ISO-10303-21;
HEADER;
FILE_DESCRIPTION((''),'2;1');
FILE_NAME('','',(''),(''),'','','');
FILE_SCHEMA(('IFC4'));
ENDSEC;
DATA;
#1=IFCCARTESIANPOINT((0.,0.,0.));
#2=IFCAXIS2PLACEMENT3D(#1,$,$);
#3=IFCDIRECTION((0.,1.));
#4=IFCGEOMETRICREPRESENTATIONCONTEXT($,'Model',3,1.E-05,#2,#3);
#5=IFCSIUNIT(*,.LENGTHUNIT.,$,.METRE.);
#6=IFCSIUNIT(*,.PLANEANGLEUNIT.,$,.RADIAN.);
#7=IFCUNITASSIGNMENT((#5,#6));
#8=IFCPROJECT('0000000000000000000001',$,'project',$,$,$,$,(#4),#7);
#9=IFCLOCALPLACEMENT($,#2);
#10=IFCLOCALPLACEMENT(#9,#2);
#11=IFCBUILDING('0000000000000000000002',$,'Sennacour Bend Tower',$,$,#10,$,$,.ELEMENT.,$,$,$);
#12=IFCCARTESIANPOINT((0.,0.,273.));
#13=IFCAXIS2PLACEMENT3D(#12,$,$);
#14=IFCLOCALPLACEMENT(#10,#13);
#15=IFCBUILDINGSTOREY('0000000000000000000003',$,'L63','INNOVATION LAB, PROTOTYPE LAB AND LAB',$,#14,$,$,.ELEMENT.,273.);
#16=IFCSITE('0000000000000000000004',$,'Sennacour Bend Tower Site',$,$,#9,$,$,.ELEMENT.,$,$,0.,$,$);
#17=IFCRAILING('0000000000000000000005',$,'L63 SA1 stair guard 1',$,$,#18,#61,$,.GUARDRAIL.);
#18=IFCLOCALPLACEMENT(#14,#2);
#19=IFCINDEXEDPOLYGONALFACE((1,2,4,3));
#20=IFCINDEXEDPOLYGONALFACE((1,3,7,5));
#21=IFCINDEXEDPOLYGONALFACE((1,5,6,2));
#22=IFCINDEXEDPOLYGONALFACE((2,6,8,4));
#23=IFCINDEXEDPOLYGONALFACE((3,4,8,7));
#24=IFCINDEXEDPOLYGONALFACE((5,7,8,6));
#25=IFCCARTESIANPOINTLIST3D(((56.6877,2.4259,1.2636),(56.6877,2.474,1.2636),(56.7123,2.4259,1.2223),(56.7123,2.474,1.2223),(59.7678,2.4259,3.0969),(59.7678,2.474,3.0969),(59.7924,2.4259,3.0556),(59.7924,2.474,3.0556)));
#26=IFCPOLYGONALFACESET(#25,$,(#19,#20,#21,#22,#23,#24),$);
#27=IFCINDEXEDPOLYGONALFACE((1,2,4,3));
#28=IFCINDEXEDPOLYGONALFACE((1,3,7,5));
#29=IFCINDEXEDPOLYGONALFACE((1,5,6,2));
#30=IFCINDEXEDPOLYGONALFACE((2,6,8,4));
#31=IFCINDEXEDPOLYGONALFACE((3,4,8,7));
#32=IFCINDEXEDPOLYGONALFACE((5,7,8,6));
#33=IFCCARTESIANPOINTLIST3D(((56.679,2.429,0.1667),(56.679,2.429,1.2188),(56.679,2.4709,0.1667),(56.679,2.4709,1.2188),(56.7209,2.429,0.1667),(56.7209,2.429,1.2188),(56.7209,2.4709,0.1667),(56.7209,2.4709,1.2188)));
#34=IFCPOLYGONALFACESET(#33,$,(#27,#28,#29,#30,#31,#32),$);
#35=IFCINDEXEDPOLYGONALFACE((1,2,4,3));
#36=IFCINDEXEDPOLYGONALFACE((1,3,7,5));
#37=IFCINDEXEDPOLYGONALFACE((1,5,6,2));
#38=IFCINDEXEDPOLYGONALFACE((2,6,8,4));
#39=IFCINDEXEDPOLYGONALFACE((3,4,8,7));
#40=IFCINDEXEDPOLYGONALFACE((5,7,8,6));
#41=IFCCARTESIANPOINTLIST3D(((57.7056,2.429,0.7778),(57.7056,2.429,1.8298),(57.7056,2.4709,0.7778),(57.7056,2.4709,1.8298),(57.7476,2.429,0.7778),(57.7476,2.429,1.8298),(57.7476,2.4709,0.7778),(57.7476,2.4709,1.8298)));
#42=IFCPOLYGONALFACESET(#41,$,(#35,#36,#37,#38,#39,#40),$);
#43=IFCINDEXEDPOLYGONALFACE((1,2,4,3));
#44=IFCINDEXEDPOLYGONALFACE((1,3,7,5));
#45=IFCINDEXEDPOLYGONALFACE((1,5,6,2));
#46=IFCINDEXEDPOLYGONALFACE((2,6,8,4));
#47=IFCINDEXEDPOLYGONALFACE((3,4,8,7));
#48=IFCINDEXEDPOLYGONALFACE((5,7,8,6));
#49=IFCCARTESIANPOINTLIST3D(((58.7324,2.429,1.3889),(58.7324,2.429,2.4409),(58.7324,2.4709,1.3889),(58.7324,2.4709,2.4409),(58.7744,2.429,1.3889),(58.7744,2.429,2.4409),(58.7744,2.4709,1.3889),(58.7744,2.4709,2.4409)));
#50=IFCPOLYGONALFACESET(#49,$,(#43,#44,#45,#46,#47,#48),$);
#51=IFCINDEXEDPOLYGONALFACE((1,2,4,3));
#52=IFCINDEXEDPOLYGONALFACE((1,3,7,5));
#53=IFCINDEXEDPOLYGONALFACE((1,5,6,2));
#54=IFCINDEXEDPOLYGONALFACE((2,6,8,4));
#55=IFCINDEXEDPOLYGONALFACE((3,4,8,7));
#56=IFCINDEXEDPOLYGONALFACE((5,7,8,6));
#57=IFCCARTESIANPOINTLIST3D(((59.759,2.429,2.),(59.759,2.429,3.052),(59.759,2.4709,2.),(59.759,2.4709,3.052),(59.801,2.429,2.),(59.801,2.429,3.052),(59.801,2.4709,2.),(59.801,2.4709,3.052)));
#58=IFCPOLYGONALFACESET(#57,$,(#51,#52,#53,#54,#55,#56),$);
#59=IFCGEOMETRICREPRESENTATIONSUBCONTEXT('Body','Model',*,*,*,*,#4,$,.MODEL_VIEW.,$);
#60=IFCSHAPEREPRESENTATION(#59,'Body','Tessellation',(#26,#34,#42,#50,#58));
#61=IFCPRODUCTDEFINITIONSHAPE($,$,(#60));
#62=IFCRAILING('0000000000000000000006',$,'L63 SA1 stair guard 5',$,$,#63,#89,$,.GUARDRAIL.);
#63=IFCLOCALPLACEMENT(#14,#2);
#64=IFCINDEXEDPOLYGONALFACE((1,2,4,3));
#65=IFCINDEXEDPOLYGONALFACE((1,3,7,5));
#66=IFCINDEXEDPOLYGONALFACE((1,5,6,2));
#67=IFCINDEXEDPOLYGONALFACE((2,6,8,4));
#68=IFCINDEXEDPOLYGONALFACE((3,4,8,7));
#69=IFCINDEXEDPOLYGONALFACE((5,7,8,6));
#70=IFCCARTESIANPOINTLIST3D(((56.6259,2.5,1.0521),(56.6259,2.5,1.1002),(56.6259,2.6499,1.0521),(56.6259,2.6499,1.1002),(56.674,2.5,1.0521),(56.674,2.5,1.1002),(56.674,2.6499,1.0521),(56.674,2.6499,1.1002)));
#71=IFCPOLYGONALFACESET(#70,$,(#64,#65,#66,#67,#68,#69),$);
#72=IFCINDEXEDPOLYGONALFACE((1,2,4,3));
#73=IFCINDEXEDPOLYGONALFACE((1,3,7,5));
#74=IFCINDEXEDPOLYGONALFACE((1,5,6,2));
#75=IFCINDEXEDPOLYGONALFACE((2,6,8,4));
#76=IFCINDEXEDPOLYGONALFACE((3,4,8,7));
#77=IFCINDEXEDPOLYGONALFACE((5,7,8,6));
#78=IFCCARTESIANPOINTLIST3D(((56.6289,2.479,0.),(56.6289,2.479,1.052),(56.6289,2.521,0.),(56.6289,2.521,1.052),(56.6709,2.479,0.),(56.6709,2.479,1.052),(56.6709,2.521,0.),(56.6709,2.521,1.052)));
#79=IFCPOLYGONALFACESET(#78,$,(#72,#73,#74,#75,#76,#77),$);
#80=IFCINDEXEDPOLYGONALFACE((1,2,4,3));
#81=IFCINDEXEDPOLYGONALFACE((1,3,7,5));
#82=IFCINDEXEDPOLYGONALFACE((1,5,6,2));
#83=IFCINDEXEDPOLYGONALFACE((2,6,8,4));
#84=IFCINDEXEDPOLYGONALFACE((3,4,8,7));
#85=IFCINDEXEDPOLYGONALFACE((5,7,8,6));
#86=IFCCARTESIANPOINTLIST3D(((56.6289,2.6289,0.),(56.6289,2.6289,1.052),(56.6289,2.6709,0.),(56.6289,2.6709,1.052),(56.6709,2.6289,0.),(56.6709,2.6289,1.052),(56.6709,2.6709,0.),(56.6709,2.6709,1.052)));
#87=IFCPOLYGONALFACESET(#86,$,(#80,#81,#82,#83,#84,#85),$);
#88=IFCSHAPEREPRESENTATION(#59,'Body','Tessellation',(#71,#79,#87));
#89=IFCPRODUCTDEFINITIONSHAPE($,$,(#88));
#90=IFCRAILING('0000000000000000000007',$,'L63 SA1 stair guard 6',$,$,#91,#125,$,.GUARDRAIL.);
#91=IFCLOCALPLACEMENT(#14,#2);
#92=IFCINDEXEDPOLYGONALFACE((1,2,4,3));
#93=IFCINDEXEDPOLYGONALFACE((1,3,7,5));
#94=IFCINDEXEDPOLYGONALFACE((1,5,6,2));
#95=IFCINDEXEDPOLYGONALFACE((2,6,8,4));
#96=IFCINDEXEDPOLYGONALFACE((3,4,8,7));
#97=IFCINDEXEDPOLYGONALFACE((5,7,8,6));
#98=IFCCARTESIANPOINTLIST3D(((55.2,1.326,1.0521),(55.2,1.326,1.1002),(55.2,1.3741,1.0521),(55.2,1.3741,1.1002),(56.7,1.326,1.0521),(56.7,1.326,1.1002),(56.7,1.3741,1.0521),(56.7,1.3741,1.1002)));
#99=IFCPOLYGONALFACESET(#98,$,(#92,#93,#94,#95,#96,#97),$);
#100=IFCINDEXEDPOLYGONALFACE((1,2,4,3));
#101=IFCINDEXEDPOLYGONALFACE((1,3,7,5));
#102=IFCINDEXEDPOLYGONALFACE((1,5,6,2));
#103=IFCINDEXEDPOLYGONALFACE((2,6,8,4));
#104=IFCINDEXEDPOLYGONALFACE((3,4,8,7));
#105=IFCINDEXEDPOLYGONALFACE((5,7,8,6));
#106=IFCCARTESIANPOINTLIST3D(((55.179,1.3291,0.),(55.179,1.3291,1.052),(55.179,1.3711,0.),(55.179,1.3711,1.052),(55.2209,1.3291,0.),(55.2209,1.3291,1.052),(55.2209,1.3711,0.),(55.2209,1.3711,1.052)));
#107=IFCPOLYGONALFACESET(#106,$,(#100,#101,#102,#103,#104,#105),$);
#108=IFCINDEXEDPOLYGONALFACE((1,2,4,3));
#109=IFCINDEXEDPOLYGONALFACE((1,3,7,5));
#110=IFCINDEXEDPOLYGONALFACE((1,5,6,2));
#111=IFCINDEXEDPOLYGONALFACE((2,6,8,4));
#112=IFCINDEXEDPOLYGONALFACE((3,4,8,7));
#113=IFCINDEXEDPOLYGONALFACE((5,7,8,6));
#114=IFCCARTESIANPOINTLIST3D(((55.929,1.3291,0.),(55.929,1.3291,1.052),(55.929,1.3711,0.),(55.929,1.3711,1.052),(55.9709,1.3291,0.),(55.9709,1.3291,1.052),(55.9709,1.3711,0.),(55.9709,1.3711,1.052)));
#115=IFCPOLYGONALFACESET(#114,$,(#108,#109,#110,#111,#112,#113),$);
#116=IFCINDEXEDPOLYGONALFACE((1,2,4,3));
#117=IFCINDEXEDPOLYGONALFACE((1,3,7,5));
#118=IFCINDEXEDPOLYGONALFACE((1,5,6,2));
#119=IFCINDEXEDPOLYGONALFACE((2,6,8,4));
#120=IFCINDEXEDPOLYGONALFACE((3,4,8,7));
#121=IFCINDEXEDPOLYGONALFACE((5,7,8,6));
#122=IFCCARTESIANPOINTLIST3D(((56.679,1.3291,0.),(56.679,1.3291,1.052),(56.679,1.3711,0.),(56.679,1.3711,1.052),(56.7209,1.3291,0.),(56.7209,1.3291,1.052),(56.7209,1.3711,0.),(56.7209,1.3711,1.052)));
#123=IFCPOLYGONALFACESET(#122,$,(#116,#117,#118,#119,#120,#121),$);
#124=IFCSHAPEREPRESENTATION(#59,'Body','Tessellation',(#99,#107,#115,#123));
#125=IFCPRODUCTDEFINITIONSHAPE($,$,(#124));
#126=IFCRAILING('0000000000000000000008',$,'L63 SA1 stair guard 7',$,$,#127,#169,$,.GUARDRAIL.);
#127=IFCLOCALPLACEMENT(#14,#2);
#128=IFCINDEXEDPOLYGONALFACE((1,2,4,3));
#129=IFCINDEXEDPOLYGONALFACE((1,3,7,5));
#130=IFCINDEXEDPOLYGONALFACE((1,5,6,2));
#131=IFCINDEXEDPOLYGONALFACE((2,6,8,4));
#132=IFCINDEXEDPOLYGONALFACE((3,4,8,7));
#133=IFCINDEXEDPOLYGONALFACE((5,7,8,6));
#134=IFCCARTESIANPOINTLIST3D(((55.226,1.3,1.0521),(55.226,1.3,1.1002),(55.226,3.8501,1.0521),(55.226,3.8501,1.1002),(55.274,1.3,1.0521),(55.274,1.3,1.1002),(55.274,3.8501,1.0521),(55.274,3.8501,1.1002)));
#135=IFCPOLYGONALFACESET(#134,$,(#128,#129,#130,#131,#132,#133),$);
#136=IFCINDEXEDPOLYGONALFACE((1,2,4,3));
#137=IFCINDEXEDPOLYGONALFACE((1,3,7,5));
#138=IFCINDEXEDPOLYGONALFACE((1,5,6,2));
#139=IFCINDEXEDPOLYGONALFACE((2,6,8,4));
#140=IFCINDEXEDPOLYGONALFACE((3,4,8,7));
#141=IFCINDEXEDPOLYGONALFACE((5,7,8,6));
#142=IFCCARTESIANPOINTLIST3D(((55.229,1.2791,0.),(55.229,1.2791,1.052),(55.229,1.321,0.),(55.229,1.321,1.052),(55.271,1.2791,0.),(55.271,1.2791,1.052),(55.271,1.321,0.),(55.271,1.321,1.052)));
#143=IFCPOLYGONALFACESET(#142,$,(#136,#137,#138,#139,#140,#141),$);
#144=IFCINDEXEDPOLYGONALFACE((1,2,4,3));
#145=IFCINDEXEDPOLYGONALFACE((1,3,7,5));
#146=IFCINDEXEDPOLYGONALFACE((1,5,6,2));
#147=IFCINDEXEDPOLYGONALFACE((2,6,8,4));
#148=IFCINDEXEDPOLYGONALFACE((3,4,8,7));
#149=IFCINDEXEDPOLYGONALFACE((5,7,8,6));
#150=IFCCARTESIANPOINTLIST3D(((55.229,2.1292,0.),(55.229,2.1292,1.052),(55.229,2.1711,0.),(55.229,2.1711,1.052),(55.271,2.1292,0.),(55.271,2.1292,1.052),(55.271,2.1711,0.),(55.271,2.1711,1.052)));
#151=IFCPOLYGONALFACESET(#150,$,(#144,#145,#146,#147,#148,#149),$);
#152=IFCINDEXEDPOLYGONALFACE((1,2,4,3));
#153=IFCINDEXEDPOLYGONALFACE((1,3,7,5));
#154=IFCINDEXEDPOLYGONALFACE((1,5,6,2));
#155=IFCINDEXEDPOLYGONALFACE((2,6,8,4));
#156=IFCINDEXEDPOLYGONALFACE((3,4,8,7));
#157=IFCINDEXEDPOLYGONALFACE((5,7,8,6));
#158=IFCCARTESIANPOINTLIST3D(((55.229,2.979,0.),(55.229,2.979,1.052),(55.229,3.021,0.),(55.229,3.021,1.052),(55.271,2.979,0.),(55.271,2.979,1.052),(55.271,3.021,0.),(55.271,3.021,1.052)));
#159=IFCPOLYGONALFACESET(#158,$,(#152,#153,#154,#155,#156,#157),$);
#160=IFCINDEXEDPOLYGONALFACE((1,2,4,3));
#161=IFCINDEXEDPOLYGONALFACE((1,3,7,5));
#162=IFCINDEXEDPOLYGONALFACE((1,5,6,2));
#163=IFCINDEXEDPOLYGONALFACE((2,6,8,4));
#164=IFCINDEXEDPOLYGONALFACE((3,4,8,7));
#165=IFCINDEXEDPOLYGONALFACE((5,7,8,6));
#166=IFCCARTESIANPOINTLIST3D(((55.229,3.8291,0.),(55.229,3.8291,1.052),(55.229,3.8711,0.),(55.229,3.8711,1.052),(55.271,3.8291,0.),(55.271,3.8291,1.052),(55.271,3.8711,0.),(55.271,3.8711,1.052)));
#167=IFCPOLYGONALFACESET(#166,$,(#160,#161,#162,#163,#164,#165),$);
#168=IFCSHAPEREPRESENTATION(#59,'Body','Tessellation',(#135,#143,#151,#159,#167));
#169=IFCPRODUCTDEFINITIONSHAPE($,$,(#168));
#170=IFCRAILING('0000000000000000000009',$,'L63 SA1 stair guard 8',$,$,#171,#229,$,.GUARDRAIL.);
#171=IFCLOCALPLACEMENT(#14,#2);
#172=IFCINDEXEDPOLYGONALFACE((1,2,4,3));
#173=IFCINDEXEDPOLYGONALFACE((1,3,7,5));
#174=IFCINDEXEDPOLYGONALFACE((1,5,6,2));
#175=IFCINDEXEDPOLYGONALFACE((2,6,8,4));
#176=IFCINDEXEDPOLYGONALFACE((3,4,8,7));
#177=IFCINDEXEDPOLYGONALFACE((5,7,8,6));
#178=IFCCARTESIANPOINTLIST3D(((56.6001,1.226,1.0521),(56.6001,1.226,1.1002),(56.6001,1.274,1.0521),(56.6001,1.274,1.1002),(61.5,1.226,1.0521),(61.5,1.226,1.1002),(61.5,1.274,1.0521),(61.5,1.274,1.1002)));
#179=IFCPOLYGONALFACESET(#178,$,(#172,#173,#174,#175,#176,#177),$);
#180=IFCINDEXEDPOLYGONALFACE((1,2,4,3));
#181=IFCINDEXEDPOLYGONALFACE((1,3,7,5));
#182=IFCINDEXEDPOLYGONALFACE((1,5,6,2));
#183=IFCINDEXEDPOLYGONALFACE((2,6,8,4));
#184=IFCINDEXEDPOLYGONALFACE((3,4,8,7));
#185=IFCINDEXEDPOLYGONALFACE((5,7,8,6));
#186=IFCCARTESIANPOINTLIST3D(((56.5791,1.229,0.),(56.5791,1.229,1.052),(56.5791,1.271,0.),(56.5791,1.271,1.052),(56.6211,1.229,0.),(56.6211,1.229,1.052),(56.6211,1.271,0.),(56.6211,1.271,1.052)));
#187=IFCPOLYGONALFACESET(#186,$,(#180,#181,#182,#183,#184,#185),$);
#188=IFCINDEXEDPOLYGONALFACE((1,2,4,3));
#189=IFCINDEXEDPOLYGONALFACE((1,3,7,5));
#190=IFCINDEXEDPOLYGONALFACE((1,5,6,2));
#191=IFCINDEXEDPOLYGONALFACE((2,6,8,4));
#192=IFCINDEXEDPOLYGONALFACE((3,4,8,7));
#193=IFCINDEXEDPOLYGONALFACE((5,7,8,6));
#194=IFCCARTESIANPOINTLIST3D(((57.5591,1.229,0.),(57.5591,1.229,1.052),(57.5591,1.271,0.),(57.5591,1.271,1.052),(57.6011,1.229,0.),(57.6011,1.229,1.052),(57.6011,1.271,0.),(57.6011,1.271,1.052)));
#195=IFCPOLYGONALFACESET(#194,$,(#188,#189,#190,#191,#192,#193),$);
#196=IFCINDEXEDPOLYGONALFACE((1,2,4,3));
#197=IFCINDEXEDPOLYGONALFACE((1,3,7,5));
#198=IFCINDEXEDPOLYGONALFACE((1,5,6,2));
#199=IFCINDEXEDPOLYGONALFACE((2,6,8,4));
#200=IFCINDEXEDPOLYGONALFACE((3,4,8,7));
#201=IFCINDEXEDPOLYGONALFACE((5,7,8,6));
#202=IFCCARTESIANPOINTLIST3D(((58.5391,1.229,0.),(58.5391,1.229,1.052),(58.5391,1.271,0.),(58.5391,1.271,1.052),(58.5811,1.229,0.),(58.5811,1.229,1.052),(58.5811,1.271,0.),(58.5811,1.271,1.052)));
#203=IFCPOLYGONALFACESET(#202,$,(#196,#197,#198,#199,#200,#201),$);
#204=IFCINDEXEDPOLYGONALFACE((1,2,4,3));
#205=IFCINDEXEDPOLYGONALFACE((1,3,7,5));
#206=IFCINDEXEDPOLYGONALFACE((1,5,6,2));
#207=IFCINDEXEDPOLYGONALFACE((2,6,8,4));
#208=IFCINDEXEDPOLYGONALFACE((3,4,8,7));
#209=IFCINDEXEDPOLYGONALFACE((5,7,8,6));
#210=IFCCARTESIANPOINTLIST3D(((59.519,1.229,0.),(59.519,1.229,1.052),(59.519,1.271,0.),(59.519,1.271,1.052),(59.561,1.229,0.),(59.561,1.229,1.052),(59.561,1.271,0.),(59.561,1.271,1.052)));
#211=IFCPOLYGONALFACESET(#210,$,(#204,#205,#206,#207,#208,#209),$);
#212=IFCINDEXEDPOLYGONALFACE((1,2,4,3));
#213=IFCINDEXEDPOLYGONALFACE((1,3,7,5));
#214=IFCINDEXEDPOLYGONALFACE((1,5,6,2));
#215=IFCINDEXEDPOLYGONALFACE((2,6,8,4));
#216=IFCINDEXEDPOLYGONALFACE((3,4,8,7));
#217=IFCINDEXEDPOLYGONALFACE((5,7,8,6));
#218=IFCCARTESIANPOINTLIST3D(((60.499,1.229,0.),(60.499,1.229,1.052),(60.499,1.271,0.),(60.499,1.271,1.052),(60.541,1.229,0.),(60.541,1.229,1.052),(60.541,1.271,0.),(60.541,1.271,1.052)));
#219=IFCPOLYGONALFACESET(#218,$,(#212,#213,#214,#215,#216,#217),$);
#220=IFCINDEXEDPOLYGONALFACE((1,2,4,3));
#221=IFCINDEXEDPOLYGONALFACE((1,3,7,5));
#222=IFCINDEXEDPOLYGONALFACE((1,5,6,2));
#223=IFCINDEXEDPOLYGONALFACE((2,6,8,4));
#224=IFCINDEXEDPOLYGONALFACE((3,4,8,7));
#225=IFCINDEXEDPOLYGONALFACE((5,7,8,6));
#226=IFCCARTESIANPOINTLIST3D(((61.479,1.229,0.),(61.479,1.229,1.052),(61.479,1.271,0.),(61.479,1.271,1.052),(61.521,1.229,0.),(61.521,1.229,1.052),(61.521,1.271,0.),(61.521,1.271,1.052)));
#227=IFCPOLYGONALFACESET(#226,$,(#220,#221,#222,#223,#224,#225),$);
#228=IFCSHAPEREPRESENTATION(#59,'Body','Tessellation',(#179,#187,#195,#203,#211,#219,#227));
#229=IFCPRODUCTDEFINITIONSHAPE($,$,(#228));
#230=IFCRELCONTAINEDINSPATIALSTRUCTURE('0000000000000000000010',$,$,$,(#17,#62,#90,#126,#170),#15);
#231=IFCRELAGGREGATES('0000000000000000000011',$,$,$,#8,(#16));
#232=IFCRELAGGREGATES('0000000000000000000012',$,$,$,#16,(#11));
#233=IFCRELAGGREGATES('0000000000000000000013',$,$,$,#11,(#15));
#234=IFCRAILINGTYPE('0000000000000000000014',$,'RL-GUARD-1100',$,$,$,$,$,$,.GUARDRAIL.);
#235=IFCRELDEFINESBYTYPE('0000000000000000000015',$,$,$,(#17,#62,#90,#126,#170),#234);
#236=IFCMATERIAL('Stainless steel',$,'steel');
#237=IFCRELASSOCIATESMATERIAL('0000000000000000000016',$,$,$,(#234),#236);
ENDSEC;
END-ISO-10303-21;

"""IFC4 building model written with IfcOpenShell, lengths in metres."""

from ifc_helpers import new_model, si_unit, direction, frame, origin, origin_2d, place, context, subcontext, project, spatial, rectangle, extrude, material, type_object, element, save


model = new_model("IFC4")

# Units and contexts
model_context = context("Model", 3, precision=1e-05, world=origin(), true_north=direction((0.0, 1.0)))
body_context = subcontext(model_context, "Body", "Model", "MODEL_VIEW")
ifc_project = project(units=[si_unit("LENGTHUNIT", "METRE"), si_unit("PLANEANGLEUNIT", "RADIAN")], contexts=[model_context])

# Site, building, storey
site_placement = place(None, origin())
site = spatial("IfcSite", under=ifc_project, at=site_placement, Name="Sennacour Bend Tower Site", CompositionType="ELEMENT", RefElevation=0.0)
building_placement = place(site_placement, origin())
building = spatial("IfcBuilding", under=site, at=building_placement, Name="Sennacour Bend Tower", CompositionType="ELEMENT")
storey_placement = place(building_placement, frame((0.0, 0.0, 273.0)))
storey = spatial("IfcBuildingStorey", under=building, at=storey_placement, Name="L63", Description="INNOVATION LAB, PROTOTYPE LAB AND LAB", CompositionType="ELEMENT", Elevation=273.0)

# Shared definitions
ifc_material_1 = material(Name="Stainless steel", Category="steel")

# Railings
railing_type_1 = type_object("IfcRailingType", Name="RL-GUARD-1100", PredefinedType="GUARDRAIL", material=ifc_material_1)
railing_1_placement = place(storey_placement, frame((56.7, 2.45, 0.1667)))
element("IfcRailing", 1, at=railing_1_placement, inside=storey, type_object=railing_type_1, Name="L63 SA1 stair guard 1", PredefinedType="GUARDRAIL", context=body_context, shape_type="SweptSolid", body=[
    extrude(rectangle(XDim=0.0481, YDim=0.0481, at=origin_2d()), frame((0.0, 0.0, 1.0762), z_axis=(0.859309, 0.0, 0.511458), x_axis=(0.0, 1.0, 0.0)), (0.0, 0.0, 1.0), 3.5845),
    extrude(rectangle(XDim=0.042, YDim=0.042, at=origin_2d()), origin(), (0.0, 0.0, 1.0), 1.052),
    extrude(rectangle(XDim=0.042, YDim=0.042, at=origin_2d()), frame((1.0266, 0.0, 0.6111)), (0.0, 0.0, 1.0), 1.052),
    extrude(rectangle(XDim=0.042, YDim=0.042, at=origin_2d()), frame((2.0535, 0.0, 1.2222)), (0.0, 0.0, 1.0), 1.052),
    extrude(rectangle(XDim=0.042, YDim=0.042, at=origin_2d()), frame((3.0801, 0.0, 1.8333)), (0.0, 0.0, 1.0), 1.052),
])
railing_2_placement = place(storey_placement, frame((56.6499, 2.5, 0.0)))
element("IfcRailing", 2, at=railing_2_placement, inside=storey, type_object=railing_type_1, Name="L63 SA1 stair guard 5", PredefinedType="GUARDRAIL", context=body_context, shape_type="SweptSolid", body=[
    extrude(rectangle(XDim=0.0481, YDim=0.0481, at=origin_2d()), frame((0.0, 0.0, 1.0762), z_axis=(0.0, 1.0, 0.0), x_axis=(-1.0, 0.0, 0.0)), (0.0, 0.0, 1.0), 0.1499),
    extrude(rectangle(XDim=0.042, YDim=0.042, at=origin_2d()), origin(), (0.0, 0.0, 1.0), 1.052),
    extrude(rectangle(XDim=0.042, YDim=0.042, at=origin_2d()), frame((0.0, 0.1499, 0.0)), (0.0, 0.0, 1.0), 1.052),
])
railing_3_placement = place(storey_placement, frame((55.2, 1.3501, 0.0)))
element("IfcRailing", 3, at=railing_3_placement, inside=storey, type_object=railing_type_1, Name="L63 SA1 stair guard 6", PredefinedType="GUARDRAIL", context=body_context, shape_type="SweptSolid", body=[
    extrude(rectangle(XDim=0.0481, YDim=0.0481, at=origin_2d()), frame((0.0, 0.0, 1.0762), z_axis=(1.0, 0.0, 0.0), x_axis=(0.0, 1.0, 0.0)), (0.0, 0.0, 1.0), 1.5),
    extrude(rectangle(XDim=0.042, YDim=0.042, at=origin_2d()), origin(), (0.0, 0.0, 1.0), 1.052),
    extrude(rectangle(XDim=0.042, YDim=0.042, at=origin_2d()), frame((0.75, 0.0, 0.0)), (0.0, 0.0, 1.0), 1.052),
    extrude(rectangle(XDim=0.042, YDim=0.042, at=origin_2d()), frame((1.5, 0.0, 0.0)), (0.0, 0.0, 1.0), 1.052),
])
railing_4_placement = place(storey_placement, frame((55.25, 1.3, 0.0)))
element("IfcRailing", 4, at=railing_4_placement, inside=storey, type_object=railing_type_1, Name="L63 SA1 stair guard 7", PredefinedType="GUARDRAIL", context=body_context, shape_type="SweptSolid", body=[
    extrude(rectangle(XDim=0.0481, YDim=0.0481, at=origin_2d()), frame((0.0, 0.0, 1.0762), z_axis=(0.0, 1.0, 0.0), x_axis=(-1.0, 0.0, 0.0)), (0.0, 0.0, 1.0), 2.55),
    extrude(rectangle(XDim=0.042, YDim=0.042, at=origin_2d()), origin(), (0.0, 0.0, 1.0), 1.052),
    extrude(rectangle(XDim=0.042, YDim=0.042, at=origin_2d()), frame((0.0, 0.8501, 0.0)), (0.0, 0.0, 1.0), 1.052),
    extrude(rectangle(XDim=0.042, YDim=0.042, at=origin_2d()), frame((0.0, 1.7, 0.0)), (0.0, 0.0, 1.0), 1.052),
    extrude(rectangle(XDim=0.042, YDim=0.042, at=origin_2d()), frame((0.0, 2.55, 0.0)), (0.0, 0.0, 1.0), 1.052),
])
railing_5_placement = place(storey_placement, frame((56.6001, 1.25, 0.0)))
element("IfcRailing", 5, at=railing_5_placement, inside=storey, type_object=railing_type_1, Name="L63 SA1 stair guard 8", PredefinedType="GUARDRAIL", context=body_context, shape_type="SweptSolid", body=[
    extrude(rectangle(XDim=0.0481, YDim=0.0481, at=origin_2d()), frame((0.0, 0.0, 1.0762), z_axis=(1.0, 0.0, 0.0), x_axis=(0.0, 1.0, 0.0)), (0.0, 0.0, 1.0), 4.8999),
    extrude(rectangle(XDim=0.042, YDim=0.042, at=origin_2d()), origin(), (0.0, 0.0, 1.0), 1.052),
    extrude(rectangle(XDim=0.042, YDim=0.042, at=origin_2d()), frame((0.98, 0.0, 0.0)), (0.0, 0.0, 1.0), 1.052),
    extrude(rectangle(XDim=0.042, YDim=0.042, at=origin_2d()), frame((1.96, 0.0, 0.0)), (0.0, 0.0, 1.0), 1.052),
    extrude(rectangle(XDim=0.042, YDim=0.042, at=origin_2d()), frame((2.9399, 0.0, 0.0)), (0.0, 0.0, 1.0), 1.052),
    extrude(rectangle(XDim=0.042, YDim=0.042, at=origin_2d()), frame((3.9199, 0.0, 0.0)), (0.0, 0.0, 1.0), 1.052),
    extrude(rectangle(XDim=0.042, YDim=0.042, at=origin_2d()), frame((4.8999, 0.0, 0.0)), (0.0, 0.0, 1.0), 1.052),
])

save(model, "model.ifc")
